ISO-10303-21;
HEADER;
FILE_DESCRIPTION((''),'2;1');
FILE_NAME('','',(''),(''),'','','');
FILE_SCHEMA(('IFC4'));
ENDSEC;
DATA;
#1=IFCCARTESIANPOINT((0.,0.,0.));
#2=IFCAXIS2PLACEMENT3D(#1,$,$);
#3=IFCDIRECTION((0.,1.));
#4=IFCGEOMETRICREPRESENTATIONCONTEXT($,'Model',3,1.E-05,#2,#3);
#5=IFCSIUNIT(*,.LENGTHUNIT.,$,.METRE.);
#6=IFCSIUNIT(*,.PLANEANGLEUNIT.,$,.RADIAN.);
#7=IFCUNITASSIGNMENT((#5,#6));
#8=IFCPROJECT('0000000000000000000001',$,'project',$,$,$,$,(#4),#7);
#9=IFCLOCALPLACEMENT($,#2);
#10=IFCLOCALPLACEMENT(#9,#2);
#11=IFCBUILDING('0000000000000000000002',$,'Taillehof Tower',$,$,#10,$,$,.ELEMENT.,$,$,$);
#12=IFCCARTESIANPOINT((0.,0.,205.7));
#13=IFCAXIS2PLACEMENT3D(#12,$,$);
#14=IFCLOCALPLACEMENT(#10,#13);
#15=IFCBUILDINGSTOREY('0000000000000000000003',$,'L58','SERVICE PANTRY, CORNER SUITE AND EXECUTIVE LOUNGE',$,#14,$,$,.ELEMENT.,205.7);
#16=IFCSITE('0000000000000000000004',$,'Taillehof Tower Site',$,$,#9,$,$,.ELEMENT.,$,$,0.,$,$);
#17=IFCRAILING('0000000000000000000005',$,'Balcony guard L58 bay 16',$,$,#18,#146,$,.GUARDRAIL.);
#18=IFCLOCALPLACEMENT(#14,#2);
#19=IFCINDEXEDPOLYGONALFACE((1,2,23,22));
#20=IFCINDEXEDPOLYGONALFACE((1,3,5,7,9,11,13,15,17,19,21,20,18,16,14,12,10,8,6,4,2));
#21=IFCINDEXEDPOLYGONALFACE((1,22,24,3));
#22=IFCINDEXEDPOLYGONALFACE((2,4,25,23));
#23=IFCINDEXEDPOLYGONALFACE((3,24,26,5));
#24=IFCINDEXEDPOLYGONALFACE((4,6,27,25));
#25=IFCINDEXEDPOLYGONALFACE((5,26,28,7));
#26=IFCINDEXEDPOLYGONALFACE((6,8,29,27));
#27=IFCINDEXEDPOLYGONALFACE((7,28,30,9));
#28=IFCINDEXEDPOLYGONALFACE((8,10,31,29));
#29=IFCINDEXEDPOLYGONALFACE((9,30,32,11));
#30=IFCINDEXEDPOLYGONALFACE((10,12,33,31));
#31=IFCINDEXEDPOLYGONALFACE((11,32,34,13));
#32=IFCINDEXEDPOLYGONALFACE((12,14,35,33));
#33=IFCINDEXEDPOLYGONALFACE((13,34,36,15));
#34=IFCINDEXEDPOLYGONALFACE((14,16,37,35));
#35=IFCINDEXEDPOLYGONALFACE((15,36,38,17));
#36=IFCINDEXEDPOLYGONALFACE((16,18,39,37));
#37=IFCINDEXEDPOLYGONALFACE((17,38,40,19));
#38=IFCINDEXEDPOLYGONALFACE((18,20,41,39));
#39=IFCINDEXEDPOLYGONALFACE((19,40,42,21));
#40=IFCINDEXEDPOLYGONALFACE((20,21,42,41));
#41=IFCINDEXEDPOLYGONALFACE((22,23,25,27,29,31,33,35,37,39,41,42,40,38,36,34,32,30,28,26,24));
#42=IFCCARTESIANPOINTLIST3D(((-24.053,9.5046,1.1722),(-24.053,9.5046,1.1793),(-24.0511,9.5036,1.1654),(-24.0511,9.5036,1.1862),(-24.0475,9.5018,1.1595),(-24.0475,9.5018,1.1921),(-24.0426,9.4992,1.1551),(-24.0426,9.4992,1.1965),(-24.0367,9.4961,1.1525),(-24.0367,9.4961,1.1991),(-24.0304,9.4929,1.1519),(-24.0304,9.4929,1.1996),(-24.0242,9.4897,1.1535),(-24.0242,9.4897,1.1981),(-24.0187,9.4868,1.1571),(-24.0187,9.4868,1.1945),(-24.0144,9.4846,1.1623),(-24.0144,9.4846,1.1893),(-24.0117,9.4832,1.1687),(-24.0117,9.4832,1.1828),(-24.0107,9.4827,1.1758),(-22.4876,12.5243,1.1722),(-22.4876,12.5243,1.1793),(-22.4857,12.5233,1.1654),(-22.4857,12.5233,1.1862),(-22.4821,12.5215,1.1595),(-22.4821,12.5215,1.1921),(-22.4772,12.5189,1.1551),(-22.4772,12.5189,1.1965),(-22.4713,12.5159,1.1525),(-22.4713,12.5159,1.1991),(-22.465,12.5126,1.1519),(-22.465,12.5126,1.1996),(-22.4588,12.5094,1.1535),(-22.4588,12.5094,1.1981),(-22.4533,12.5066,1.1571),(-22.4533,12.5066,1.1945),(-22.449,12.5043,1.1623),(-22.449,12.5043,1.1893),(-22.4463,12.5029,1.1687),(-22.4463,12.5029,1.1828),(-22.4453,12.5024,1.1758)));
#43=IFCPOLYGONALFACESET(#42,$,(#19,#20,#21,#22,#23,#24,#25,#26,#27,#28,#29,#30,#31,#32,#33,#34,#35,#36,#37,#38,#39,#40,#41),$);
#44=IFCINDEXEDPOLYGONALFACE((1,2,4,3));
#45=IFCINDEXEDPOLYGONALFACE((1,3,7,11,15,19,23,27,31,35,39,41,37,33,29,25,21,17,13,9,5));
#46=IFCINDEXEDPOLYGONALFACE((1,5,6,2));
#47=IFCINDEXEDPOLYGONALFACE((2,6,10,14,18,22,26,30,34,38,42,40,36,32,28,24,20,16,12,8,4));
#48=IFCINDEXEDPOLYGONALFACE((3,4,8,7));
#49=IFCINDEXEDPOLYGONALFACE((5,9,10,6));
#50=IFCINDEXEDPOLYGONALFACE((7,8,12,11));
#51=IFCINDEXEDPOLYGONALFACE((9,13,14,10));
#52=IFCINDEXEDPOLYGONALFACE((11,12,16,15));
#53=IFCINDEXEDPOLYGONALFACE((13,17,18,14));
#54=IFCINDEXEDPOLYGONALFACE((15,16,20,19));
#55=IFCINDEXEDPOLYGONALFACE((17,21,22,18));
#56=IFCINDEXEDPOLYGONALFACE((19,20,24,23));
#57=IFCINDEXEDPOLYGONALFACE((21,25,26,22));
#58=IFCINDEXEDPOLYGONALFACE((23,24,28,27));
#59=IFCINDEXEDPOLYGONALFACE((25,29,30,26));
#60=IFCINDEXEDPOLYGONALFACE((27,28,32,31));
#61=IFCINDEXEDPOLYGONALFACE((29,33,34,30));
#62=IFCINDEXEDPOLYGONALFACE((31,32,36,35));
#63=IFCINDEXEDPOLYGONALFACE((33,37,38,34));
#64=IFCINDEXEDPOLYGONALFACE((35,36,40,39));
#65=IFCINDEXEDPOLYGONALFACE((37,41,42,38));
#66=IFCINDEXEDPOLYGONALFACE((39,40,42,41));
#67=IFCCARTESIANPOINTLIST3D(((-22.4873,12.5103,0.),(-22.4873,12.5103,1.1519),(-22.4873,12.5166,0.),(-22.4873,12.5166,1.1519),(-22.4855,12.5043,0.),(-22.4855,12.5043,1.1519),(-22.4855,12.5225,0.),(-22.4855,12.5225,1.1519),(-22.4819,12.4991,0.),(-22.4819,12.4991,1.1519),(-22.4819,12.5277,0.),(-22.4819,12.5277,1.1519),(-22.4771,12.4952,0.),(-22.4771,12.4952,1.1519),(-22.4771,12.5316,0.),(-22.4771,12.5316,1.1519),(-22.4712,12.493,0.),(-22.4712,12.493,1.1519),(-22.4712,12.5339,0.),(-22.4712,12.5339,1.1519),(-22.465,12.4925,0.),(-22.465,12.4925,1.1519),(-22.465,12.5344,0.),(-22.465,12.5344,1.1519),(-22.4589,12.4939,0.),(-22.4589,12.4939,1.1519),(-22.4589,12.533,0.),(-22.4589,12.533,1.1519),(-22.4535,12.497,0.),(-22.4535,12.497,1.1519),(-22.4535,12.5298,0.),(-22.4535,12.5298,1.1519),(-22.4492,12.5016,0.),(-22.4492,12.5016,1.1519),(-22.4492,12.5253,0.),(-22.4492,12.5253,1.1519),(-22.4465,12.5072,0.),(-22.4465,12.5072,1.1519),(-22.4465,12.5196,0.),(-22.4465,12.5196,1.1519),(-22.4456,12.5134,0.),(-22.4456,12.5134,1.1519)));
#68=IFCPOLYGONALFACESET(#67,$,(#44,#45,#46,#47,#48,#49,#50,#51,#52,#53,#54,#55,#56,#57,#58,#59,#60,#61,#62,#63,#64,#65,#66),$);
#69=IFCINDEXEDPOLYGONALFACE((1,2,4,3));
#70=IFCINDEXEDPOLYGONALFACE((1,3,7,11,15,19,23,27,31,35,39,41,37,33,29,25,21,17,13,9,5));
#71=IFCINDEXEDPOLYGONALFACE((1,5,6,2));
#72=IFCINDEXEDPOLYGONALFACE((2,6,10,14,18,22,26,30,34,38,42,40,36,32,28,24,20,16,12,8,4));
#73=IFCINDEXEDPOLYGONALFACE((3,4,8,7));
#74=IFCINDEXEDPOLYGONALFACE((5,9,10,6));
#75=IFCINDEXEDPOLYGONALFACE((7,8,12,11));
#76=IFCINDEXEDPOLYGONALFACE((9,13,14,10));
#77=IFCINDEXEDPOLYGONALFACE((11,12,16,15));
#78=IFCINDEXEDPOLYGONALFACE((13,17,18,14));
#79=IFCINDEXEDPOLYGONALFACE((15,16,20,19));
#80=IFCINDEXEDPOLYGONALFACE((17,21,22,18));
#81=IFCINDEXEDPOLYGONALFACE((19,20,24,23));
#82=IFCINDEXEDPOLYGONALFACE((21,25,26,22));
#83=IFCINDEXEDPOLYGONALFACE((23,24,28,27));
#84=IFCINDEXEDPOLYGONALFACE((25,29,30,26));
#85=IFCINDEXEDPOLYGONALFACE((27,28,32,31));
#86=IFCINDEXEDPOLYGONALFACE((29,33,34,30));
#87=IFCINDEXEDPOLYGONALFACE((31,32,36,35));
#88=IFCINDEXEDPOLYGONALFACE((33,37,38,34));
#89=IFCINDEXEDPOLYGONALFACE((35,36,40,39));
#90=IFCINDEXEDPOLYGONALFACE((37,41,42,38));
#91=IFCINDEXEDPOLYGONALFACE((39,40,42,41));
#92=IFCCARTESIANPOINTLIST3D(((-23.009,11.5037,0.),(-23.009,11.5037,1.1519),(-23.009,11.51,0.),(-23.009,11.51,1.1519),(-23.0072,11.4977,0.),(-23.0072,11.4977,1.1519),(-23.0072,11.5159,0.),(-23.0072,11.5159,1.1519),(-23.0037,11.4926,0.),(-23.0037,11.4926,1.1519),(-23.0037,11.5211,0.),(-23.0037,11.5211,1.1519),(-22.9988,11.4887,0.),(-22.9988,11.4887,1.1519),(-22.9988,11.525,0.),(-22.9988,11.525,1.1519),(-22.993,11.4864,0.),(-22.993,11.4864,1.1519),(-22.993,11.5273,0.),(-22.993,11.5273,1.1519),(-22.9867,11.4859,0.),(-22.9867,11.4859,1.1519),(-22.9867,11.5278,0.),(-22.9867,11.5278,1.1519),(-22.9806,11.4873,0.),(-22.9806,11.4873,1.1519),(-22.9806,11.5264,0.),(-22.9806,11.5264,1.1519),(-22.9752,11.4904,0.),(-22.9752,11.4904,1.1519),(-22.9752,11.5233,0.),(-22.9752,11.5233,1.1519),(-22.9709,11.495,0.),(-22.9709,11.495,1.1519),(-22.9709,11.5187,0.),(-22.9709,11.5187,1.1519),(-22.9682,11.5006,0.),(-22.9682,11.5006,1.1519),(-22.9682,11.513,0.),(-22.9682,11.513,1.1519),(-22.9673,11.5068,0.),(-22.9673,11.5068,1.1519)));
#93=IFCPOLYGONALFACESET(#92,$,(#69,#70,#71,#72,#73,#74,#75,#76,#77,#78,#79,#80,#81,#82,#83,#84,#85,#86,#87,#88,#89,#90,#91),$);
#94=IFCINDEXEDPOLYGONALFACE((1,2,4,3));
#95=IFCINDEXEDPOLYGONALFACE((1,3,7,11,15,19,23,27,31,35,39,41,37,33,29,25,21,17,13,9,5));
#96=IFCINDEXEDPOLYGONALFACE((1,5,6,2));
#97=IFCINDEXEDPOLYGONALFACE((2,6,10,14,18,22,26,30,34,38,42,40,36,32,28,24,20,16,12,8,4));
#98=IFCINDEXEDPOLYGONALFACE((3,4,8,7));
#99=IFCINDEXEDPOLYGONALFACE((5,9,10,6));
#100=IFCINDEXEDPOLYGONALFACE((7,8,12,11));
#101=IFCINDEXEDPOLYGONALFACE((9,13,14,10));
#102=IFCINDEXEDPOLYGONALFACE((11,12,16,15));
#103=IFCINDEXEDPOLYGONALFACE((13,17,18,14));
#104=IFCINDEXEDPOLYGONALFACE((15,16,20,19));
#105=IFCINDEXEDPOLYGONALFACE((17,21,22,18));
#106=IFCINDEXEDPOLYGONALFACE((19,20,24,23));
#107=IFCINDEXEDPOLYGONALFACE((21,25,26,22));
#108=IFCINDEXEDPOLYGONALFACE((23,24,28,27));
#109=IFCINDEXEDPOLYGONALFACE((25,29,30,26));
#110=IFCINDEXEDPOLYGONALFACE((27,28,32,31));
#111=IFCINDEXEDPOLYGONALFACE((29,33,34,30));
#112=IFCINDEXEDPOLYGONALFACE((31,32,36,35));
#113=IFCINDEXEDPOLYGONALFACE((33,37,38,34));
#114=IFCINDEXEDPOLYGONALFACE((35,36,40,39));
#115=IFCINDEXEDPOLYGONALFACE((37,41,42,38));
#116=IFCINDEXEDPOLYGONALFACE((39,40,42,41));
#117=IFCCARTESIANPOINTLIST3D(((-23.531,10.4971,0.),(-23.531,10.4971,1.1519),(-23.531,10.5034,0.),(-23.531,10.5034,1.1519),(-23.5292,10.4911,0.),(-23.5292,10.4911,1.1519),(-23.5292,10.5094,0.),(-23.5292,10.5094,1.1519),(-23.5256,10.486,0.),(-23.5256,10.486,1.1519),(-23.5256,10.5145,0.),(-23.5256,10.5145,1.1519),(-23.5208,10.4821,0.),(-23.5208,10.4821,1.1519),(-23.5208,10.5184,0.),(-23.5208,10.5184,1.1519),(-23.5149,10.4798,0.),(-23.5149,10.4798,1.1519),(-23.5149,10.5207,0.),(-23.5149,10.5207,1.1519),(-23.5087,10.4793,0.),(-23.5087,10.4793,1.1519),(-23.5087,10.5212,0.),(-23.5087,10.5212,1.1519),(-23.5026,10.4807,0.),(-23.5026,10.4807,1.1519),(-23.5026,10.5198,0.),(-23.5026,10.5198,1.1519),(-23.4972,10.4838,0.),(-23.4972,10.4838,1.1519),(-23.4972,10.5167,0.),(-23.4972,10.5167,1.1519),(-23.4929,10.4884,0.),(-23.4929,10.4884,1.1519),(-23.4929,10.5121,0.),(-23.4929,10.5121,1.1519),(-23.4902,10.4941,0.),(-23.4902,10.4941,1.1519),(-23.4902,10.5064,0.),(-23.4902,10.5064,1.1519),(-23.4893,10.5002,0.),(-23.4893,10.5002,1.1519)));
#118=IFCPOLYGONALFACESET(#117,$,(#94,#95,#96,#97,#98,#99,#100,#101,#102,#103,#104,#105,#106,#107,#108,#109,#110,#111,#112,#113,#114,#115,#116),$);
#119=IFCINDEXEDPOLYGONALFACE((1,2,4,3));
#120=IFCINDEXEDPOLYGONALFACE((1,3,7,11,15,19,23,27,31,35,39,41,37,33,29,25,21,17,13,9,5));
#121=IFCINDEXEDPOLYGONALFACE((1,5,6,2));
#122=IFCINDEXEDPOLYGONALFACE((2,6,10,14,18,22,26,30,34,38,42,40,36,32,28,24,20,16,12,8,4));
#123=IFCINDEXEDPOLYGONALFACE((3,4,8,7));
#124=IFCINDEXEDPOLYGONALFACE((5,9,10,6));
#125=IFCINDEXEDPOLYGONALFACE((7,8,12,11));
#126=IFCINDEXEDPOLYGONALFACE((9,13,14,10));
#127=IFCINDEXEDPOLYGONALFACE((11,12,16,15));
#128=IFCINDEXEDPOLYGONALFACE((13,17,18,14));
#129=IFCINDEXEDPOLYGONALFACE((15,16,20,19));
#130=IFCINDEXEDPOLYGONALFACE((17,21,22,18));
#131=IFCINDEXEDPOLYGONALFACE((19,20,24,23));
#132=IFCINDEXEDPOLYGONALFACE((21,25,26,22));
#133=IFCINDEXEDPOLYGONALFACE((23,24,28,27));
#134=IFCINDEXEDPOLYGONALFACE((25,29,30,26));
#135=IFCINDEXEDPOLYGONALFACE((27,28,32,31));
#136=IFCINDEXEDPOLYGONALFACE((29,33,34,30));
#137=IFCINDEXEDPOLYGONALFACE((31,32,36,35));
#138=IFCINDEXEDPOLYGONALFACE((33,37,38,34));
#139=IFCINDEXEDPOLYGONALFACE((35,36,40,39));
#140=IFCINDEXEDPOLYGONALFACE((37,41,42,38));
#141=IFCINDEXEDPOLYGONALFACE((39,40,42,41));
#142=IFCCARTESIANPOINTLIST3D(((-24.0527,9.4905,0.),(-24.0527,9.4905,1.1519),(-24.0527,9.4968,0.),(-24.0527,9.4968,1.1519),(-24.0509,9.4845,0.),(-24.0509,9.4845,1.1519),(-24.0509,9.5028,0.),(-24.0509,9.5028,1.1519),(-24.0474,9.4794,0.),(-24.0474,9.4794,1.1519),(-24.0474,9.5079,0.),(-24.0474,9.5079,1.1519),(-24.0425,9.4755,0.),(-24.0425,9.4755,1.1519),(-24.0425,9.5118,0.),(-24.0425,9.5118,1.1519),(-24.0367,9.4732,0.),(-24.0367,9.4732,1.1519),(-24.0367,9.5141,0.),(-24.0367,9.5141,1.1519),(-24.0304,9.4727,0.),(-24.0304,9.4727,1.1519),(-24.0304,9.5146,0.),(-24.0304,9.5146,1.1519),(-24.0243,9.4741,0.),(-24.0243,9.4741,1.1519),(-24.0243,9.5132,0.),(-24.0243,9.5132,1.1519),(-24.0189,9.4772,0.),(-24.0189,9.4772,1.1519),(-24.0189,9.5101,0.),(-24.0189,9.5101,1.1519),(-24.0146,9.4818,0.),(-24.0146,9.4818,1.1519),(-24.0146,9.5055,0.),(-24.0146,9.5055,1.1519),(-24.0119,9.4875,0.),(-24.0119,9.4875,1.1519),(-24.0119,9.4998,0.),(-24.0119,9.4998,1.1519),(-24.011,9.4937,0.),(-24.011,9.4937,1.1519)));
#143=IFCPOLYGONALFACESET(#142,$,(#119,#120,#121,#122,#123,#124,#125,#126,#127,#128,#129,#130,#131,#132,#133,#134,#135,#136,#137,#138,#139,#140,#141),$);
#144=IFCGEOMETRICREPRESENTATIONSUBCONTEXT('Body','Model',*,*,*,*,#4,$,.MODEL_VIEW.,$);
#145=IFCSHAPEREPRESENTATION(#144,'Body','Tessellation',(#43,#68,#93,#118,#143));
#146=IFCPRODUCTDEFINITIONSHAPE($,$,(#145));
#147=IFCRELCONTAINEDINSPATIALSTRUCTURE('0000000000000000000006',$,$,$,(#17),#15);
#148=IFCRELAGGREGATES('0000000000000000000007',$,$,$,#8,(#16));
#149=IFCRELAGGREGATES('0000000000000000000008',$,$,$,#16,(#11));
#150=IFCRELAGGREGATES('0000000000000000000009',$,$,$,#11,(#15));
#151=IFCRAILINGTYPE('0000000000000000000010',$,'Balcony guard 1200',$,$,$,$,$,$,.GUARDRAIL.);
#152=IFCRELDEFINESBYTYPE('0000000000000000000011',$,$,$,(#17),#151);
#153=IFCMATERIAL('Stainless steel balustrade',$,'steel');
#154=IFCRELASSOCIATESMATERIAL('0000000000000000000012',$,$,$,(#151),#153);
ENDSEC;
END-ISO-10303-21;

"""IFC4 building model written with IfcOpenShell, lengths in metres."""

from ifc_helpers import new_model, si_unit, direction, frame, origin, origin_2d, place, context, subcontext, project, spatial, circle, extrude, material, type_object, element, save


model = new_model("IFC4")

# Units and contexts
model_context = context("Model", 3, precision=1e-05, world=origin(), true_north=direction((0.0, 1.0)))
body_context = subcontext(model_context, "Body", "Model", "MODEL_VIEW")
ifc_project = project(units=[si_unit("LENGTHUNIT", "METRE"), si_unit("PLANEANGLEUNIT", "RADIAN")], contexts=[model_context])

# Site, building, storey
site_placement = place(None, origin())
site = spatial("IfcSite", under=ifc_project, at=site_placement, Name="Taillehof Tower Site", CompositionType="ELEMENT", RefElevation=0.0)
building_placement = place(site_placement, origin())
building = spatial("IfcBuilding", under=site, at=building_placement, Name="Taillehof Tower", CompositionType="ELEMENT")
storey_placement = place(building_placement, frame((0.0, 0.0, 205.7)))
storey = spatial("IfcBuildingStorey", under=building, at=storey_placement, Name="L58", Description="SERVICE PANTRY, CORNER SUITE AND EXECUTIVE LOUNGE", CompositionType="ELEMENT", Elevation=205.7)

# Railing
ifc_material_1 = material(Name="Stainless steel balustrade", Category="steel")
railing_type = type_object("IfcRailingType", Name="Balcony guard 1200", PredefinedType="GUARDRAIL", material=ifc_material_1)
railing_1_placement = place(storey_placement, frame((-22.4666, 12.5134, 0.0)))
element("IfcRailing", 1, at=railing_1_placement, inside=storey, type_object=railing_type, Name="Balcony guard L58 bay 16", PredefinedType="GUARDRAIL", context=body_context, shape_type="SweptSolid", body=[
    extrude(circle(Radius=0.0239, at=origin_2d()), frame((0.0, 0.0, 1.1758), z_axis=(-0.460229, -0.8878, 0.0), x_axis=(0.8878, -0.460229, 0.0)), (0.0, 0.0, 1.0), 3.4014),
    extrude(circle(Radius=0.021, at=origin_2d()), origin(), (0.0, 0.0, 1.0), 1.1519),
    extrude(circle(Radius=0.021, at=origin_2d()), frame((-0.5217, -1.0066, 0.0)), (0.0, 0.0, 1.0), 1.1519),
    extrude(circle(Radius=0.021, at=origin_2d()), frame((-1.0437, -2.0132, 0.0)), (0.0, 0.0, 1.0), 1.1519),
    extrude(circle(Radius=0.021, at=origin_2d()), frame((-1.5654, -3.0198, 0.0)), (0.0, 0.0, 1.0), 1.1519),
])

save(model, "model.ifc")
